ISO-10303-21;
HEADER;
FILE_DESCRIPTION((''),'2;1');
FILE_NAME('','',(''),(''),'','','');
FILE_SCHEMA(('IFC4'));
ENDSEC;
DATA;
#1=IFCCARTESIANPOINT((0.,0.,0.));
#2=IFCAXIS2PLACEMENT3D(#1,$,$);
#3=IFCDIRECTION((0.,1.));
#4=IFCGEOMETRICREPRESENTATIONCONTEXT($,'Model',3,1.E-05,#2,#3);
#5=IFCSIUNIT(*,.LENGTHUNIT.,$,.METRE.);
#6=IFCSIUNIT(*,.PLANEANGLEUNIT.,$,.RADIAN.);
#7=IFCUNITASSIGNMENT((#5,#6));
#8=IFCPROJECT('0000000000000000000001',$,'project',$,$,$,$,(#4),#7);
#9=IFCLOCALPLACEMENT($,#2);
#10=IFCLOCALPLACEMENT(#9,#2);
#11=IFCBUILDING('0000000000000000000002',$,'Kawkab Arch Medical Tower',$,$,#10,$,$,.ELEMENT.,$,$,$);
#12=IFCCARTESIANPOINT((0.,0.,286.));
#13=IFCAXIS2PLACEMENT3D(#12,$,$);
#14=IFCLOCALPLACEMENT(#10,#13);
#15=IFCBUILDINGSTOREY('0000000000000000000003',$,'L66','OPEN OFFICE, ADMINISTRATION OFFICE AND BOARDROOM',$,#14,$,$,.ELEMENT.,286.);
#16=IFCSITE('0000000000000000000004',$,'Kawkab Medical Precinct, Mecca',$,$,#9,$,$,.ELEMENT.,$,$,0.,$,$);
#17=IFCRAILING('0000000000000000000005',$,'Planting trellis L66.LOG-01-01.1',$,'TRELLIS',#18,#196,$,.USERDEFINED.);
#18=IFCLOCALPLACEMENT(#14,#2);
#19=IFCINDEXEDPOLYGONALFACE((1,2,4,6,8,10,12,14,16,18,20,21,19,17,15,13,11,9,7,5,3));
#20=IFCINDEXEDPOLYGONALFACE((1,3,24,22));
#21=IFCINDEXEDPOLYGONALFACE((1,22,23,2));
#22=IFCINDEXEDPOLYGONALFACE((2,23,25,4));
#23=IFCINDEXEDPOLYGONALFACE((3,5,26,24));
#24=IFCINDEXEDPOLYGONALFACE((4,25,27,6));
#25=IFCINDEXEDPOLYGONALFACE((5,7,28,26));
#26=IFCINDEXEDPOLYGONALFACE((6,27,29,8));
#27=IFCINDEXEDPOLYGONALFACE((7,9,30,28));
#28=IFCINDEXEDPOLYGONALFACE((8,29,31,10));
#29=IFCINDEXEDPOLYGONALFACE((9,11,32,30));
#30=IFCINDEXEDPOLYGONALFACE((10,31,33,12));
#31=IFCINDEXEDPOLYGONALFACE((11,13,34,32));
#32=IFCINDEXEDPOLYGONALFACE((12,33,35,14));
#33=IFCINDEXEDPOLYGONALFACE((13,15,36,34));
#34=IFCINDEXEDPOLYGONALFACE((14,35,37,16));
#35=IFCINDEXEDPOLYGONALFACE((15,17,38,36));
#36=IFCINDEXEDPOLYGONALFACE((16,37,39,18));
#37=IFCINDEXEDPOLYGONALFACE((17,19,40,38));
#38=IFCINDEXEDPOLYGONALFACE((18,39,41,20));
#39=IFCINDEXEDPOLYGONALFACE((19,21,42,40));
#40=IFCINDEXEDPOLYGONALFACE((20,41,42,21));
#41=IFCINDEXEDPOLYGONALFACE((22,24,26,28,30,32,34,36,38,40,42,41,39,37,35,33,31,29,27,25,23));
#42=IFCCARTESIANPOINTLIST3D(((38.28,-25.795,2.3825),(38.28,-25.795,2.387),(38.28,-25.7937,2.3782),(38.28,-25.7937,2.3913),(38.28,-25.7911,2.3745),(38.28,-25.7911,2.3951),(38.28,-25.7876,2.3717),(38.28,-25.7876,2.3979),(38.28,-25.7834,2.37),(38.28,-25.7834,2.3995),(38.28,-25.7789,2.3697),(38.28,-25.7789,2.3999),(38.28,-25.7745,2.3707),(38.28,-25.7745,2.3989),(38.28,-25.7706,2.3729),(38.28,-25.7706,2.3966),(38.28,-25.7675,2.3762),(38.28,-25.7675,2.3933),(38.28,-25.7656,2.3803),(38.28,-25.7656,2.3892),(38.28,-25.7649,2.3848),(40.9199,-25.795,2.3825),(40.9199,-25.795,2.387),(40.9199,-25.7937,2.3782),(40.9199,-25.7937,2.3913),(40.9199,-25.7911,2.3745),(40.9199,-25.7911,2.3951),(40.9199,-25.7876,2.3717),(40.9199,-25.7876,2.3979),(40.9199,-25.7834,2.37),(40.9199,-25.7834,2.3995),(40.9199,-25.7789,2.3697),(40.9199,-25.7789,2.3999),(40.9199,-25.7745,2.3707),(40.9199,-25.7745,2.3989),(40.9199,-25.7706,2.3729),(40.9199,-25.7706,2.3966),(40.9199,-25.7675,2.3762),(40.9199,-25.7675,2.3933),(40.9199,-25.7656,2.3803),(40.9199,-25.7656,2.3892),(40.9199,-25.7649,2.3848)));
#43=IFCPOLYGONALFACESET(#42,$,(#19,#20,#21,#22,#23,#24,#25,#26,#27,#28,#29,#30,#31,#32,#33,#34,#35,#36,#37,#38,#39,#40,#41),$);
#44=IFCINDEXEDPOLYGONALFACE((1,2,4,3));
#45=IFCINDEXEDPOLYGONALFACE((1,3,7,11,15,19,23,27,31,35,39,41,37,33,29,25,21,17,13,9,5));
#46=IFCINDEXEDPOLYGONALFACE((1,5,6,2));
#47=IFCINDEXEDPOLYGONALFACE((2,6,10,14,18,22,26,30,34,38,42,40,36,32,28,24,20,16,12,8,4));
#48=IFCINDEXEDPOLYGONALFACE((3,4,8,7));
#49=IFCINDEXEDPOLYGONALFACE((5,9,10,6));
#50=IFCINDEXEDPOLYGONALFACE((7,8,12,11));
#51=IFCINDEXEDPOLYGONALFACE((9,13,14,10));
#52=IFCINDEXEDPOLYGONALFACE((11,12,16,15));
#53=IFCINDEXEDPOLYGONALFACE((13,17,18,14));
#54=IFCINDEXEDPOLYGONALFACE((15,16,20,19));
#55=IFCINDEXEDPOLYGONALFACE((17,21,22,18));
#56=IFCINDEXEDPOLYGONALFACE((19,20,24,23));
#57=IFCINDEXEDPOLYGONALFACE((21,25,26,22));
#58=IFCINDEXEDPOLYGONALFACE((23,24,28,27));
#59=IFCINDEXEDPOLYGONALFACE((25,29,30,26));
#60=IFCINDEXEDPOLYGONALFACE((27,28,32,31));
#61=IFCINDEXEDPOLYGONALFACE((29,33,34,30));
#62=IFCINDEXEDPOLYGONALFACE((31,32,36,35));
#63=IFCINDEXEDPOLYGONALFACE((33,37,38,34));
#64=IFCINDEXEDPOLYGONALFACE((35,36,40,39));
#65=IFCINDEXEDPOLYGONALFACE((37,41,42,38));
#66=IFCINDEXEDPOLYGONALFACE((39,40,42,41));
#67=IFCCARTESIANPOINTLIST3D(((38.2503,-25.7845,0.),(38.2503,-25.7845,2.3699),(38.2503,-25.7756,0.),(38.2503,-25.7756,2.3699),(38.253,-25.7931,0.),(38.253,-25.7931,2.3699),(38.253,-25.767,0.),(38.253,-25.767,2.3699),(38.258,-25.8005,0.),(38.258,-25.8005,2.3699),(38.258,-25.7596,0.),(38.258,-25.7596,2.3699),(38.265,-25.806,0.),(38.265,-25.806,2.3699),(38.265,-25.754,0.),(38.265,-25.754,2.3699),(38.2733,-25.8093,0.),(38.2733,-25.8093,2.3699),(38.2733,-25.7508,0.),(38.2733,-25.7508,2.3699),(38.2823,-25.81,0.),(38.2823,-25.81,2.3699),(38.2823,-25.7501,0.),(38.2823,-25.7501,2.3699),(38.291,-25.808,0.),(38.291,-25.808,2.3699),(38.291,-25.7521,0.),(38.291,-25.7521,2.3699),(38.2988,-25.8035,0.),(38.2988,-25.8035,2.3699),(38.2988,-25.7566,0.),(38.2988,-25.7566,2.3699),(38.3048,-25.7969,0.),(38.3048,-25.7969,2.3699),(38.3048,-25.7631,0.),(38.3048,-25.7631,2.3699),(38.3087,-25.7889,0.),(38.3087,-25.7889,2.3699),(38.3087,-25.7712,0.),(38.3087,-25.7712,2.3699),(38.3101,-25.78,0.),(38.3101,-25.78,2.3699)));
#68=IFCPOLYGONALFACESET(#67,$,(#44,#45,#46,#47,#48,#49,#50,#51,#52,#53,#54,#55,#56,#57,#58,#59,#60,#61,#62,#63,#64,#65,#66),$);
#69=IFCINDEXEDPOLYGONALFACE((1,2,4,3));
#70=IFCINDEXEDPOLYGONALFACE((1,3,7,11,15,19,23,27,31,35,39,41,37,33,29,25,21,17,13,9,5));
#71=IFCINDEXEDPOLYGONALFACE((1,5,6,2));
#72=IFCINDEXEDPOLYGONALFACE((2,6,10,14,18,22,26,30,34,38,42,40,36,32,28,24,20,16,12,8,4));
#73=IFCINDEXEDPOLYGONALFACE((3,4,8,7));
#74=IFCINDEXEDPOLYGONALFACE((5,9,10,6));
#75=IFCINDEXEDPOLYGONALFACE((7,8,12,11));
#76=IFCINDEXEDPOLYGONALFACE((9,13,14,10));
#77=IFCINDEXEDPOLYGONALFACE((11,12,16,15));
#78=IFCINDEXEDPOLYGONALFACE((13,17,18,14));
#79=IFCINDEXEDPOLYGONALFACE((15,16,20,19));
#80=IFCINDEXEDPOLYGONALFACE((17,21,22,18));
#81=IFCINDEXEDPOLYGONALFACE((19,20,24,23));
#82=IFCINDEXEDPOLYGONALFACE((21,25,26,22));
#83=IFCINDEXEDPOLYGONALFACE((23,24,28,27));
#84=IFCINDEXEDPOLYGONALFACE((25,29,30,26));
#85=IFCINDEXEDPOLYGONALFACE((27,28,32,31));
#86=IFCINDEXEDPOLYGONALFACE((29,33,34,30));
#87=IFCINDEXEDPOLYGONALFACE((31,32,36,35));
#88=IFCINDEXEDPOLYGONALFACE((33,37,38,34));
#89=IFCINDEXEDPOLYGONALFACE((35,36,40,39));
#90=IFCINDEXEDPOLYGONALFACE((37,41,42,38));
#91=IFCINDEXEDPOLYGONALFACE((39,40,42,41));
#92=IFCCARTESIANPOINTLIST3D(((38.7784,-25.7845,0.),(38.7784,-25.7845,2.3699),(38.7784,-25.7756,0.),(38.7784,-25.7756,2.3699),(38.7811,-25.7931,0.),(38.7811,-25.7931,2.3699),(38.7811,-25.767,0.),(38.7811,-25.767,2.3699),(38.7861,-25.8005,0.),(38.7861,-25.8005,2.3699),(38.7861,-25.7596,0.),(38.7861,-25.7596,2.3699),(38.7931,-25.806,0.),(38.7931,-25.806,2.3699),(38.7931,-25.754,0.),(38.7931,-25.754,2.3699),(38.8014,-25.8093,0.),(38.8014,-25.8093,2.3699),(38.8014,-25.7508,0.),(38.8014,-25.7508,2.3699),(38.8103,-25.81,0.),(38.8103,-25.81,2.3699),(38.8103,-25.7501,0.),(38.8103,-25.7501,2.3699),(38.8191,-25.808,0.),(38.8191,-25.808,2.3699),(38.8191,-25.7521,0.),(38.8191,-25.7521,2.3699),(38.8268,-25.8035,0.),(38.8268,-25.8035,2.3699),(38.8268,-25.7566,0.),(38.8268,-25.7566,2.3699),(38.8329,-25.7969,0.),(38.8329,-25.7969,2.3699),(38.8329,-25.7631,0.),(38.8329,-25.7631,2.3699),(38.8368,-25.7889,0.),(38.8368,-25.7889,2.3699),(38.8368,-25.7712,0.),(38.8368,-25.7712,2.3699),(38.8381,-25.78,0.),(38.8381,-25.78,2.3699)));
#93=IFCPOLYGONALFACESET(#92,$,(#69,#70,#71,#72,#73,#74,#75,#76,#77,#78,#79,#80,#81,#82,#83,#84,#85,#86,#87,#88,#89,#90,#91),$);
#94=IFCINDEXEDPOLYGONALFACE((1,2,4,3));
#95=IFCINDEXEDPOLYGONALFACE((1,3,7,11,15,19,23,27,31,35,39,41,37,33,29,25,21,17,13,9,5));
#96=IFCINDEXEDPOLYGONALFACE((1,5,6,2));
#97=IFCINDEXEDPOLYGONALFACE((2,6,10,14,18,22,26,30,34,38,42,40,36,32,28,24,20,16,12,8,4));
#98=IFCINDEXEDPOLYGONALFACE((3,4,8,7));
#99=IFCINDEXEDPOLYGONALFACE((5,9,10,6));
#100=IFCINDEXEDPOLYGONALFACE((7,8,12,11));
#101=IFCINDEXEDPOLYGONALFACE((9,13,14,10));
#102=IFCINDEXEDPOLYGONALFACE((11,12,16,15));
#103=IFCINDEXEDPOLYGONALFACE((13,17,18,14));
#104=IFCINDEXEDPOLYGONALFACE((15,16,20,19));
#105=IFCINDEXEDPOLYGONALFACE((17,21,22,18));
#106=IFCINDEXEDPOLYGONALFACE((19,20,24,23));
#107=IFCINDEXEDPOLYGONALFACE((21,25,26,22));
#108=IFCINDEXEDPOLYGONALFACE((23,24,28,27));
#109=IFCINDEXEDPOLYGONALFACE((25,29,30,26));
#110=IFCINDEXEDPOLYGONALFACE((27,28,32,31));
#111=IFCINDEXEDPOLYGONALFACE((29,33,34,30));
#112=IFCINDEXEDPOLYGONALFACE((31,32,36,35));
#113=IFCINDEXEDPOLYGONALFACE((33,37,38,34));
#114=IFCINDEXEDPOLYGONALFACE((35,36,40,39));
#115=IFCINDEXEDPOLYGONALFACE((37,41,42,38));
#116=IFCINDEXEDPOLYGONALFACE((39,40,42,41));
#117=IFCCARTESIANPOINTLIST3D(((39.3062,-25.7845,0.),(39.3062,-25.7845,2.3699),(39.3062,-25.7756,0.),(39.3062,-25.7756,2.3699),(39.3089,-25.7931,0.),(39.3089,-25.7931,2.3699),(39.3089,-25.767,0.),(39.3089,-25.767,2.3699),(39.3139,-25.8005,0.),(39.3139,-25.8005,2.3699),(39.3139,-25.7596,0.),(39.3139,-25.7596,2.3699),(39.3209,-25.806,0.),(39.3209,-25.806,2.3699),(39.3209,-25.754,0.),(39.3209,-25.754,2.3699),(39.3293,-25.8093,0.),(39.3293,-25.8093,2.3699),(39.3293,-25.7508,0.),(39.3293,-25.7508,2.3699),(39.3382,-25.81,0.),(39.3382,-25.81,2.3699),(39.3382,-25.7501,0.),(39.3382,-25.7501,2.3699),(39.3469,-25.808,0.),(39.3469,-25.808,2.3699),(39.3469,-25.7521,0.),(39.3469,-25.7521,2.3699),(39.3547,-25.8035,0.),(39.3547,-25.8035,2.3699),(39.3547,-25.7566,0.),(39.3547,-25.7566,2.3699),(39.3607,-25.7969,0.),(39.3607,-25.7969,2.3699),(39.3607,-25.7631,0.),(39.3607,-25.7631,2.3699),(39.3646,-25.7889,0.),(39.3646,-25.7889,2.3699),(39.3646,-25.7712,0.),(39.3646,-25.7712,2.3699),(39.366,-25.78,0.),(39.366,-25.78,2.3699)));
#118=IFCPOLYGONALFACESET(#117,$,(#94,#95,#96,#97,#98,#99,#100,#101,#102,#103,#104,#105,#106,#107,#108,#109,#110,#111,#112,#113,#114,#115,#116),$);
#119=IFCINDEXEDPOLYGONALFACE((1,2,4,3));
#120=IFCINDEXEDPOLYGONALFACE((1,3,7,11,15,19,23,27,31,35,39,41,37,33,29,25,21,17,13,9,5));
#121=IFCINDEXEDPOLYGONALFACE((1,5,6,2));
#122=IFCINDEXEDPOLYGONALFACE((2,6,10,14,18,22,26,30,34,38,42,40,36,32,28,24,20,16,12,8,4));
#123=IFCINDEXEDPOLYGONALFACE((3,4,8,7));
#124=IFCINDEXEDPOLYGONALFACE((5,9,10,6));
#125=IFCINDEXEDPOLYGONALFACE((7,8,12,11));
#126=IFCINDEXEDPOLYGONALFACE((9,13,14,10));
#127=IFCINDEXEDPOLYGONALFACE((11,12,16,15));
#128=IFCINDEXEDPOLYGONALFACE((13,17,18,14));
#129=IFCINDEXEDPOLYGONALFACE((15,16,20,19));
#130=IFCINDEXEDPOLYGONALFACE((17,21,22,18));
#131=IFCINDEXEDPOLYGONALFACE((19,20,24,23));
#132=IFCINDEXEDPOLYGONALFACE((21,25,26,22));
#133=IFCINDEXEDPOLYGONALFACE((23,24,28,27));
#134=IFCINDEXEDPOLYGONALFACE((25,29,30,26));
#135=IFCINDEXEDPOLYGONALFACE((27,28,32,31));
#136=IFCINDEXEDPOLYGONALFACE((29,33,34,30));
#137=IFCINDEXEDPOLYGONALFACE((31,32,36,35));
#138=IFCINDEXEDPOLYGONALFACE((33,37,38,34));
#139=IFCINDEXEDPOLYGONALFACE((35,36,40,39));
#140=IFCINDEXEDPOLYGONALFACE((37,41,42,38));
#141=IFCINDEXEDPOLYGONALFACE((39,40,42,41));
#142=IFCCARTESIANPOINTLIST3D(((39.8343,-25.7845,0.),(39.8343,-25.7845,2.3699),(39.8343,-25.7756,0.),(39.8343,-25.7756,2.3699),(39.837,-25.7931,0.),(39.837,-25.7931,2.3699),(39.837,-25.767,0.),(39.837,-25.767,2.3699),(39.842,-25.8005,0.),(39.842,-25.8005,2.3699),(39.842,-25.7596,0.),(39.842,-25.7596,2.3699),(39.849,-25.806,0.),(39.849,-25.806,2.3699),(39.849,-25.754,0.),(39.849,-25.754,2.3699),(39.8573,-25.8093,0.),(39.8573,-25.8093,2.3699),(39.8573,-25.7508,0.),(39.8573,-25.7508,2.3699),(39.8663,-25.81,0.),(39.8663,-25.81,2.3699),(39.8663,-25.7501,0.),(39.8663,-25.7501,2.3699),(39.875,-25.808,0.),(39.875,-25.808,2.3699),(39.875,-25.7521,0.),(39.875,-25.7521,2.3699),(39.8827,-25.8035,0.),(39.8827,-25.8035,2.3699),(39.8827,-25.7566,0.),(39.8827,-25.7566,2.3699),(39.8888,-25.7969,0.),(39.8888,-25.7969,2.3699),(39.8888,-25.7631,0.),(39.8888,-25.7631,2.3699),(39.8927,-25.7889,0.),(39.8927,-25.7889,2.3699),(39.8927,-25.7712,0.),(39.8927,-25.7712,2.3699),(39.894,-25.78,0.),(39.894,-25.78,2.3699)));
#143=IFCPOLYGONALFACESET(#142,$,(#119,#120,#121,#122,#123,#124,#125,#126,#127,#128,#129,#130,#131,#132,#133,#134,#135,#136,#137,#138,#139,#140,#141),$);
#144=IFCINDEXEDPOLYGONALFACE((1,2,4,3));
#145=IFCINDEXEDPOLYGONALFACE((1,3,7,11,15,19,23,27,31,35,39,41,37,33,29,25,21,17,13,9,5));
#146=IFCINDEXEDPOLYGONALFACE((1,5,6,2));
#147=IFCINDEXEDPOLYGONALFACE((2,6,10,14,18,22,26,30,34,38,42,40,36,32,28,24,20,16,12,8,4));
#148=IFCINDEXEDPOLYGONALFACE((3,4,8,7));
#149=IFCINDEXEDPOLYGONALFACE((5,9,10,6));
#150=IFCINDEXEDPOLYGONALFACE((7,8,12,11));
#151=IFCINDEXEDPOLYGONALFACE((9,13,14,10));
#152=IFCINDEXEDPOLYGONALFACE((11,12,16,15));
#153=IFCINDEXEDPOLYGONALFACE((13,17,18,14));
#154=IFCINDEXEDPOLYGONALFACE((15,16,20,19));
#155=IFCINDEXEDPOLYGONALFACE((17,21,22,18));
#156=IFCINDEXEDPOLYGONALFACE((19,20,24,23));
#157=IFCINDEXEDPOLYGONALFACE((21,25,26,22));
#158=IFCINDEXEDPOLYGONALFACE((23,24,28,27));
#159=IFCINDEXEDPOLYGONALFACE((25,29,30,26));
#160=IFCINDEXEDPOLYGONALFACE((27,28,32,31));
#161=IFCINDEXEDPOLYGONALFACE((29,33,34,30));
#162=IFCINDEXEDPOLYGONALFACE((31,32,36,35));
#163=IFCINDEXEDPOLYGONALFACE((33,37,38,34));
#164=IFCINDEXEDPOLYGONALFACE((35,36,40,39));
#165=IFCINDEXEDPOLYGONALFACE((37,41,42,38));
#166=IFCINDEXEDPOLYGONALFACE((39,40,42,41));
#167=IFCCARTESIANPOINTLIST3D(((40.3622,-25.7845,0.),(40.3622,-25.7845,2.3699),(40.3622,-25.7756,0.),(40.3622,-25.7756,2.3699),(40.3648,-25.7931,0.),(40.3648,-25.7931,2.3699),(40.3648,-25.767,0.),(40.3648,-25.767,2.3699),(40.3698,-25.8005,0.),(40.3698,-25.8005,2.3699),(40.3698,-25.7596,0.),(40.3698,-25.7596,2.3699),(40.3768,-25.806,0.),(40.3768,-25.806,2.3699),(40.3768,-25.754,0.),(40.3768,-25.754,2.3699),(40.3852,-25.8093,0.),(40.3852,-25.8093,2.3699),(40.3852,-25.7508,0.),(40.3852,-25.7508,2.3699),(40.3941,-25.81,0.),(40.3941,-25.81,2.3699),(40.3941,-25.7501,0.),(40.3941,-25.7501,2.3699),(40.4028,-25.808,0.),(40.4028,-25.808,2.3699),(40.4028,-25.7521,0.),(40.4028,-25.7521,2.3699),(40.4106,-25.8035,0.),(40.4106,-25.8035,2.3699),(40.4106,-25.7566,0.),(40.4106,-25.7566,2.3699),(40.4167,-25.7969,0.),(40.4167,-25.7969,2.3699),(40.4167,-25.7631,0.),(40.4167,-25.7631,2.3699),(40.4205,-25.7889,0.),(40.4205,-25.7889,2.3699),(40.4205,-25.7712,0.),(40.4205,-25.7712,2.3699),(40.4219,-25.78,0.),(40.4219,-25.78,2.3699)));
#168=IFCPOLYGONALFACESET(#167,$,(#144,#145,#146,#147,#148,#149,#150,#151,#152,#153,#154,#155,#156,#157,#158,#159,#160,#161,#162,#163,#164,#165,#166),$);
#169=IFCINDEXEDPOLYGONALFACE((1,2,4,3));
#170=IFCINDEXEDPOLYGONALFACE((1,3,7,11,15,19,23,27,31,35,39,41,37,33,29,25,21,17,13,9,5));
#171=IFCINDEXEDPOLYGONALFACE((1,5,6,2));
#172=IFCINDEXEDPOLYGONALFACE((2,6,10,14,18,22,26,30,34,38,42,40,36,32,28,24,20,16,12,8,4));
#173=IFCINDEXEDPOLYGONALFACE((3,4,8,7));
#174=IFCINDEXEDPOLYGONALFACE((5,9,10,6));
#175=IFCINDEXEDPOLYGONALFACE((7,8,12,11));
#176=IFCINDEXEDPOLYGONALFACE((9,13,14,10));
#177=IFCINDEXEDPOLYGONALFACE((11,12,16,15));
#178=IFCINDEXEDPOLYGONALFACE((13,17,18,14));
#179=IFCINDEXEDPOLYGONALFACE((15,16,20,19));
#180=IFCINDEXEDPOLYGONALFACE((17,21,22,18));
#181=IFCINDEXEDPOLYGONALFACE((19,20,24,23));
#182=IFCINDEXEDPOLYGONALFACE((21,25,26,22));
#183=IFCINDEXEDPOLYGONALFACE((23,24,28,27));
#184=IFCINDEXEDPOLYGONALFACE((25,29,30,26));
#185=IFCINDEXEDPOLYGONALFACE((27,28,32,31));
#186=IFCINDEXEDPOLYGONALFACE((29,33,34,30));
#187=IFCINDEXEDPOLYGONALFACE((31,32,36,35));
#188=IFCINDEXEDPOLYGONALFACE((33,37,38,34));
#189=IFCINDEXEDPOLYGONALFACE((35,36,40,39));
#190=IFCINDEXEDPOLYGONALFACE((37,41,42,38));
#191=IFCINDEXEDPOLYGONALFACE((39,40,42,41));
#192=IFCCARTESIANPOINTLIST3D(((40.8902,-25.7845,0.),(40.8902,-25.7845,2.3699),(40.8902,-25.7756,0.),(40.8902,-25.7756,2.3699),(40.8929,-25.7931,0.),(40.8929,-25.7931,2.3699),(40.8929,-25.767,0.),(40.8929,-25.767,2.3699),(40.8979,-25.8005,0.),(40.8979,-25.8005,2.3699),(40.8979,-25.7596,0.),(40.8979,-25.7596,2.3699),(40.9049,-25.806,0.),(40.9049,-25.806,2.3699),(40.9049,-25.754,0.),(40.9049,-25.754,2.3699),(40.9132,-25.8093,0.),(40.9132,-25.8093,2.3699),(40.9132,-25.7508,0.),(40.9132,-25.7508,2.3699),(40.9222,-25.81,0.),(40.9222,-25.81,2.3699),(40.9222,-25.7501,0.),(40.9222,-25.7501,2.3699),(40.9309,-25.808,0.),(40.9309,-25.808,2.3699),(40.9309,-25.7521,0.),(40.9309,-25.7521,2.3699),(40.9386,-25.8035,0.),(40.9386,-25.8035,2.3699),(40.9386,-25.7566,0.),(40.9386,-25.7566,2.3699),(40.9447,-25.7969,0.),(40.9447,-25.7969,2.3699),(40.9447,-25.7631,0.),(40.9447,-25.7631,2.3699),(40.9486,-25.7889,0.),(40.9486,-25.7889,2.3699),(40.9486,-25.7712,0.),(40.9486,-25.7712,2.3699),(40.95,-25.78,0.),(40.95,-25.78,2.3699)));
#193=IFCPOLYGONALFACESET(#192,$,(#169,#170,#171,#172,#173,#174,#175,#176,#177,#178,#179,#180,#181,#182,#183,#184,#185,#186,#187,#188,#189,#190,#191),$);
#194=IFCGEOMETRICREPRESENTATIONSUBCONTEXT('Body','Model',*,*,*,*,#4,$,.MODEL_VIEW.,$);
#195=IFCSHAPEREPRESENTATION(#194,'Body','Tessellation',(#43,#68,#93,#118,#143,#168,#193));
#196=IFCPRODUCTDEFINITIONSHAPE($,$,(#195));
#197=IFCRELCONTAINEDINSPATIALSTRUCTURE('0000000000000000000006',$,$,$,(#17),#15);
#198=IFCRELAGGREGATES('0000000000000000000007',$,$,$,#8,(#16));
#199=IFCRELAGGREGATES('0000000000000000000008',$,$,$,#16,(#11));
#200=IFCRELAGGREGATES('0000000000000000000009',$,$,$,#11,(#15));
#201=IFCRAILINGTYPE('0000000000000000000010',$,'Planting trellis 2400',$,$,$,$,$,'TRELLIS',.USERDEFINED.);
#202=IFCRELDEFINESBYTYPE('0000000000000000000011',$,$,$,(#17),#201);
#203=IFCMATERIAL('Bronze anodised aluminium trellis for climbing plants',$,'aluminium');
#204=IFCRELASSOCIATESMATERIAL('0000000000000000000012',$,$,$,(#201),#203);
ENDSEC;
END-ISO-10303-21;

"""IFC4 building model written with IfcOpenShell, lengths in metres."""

from ifc_helpers import new_model, si_unit, direction, frame, origin, origin_2d, place, context, subcontext, project, spatial, circle, extrude, material, type_object, element, save


model = new_model("IFC4")

# Units and contexts
model_context = context("Model", 3, precision=1e-05, world=origin(), true_north=direction((0.0, 1.0)))
body_context = subcontext(model_context, "Body", "Model", "MODEL_VIEW")
ifc_project = project(units=[si_unit("LENGTHUNIT", "METRE"), si_unit("PLANEANGLEUNIT", "RADIAN")], contexts=[model_context])

# Site, building, storey
site_placement = place(None, origin())
site = spatial("IfcSite", under=ifc_project, at=site_placement, Name="Kawkab Medical Precinct, Mecca", CompositionType="ELEMENT", RefElevation=0.0)
building_placement = place(site_placement, origin())
building = spatial("IfcBuilding", under=site, at=building_placement, Name="Kawkab Arch Medical Tower", CompositionType="ELEMENT")
storey_placement = place(building_placement, frame((0.0, 0.0, 286.0)))
storey = spatial("IfcBuildingStorey", under=building, at=storey_placement, Name="L66", Description="OPEN OFFICE, ADMINISTRATION OFFICE AND BOARDROOM", CompositionType="ELEMENT", Elevation=286.0)

# Railing
ifc_material_1 = material(Name="Bronze anodised aluminium trellis for climbing plants", Category="aluminium")
railing_type_1 = type_object("IfcRailingType", Name="Planting trellis 2400", ElementType="TRELLIS", PredefinedType="USERDEFINED", material=ifc_material_1)
railing_1_placement = place(storey_placement, frame((38.28, -25.78, 0.0)))
element("IfcRailing", 1, at=railing_1_placement, inside=storey, type_object=railing_type_1, Name="Planting trellis L66.LOG-01-01.1", ObjectType="TRELLIS", PredefinedType="USERDEFINED", context=body_context, shape_type="SweptSolid", body=[
    extrude(circle(Radius=0.0151, at=origin_2d()), frame((0.0, 0.0, 2.3848), z_axis=(1.0, 0.0, 0.0), x_axis=(0.0, 1.0, 0.0)), (0.0, 0.0, 1.0), 2.6399),
    extrude(circle(Radius=0.03, at=origin_2d()), origin(), (0.0, 0.0, 1.0), 2.3699),
    extrude(circle(Radius=0.03, at=origin_2d()), frame((0.5281, 0.0, 0.0)), (0.0, 0.0, 1.0), 2.3699),
    extrude(circle(Radius=0.03, at=origin_2d()), frame((1.0559, 0.0, 0.0)), (0.0, 0.0, 1.0), 2.3699),
    extrude(circle(Radius=0.03, at=origin_2d()), frame((1.584, 0.0, 0.0)), (0.0, 0.0, 1.0), 2.3699),
    extrude(circle(Radius=0.03, at=origin_2d()), frame((2.1118, 0.0, 0.0)), (0.0, 0.0, 1.0), 2.3699),
    extrude(circle(Radius=0.03, at=origin_2d()), frame((2.6399, 0.0, 0.0)), (0.0, 0.0, 1.0), 2.3699),
])

save(model, "model.ifc")
